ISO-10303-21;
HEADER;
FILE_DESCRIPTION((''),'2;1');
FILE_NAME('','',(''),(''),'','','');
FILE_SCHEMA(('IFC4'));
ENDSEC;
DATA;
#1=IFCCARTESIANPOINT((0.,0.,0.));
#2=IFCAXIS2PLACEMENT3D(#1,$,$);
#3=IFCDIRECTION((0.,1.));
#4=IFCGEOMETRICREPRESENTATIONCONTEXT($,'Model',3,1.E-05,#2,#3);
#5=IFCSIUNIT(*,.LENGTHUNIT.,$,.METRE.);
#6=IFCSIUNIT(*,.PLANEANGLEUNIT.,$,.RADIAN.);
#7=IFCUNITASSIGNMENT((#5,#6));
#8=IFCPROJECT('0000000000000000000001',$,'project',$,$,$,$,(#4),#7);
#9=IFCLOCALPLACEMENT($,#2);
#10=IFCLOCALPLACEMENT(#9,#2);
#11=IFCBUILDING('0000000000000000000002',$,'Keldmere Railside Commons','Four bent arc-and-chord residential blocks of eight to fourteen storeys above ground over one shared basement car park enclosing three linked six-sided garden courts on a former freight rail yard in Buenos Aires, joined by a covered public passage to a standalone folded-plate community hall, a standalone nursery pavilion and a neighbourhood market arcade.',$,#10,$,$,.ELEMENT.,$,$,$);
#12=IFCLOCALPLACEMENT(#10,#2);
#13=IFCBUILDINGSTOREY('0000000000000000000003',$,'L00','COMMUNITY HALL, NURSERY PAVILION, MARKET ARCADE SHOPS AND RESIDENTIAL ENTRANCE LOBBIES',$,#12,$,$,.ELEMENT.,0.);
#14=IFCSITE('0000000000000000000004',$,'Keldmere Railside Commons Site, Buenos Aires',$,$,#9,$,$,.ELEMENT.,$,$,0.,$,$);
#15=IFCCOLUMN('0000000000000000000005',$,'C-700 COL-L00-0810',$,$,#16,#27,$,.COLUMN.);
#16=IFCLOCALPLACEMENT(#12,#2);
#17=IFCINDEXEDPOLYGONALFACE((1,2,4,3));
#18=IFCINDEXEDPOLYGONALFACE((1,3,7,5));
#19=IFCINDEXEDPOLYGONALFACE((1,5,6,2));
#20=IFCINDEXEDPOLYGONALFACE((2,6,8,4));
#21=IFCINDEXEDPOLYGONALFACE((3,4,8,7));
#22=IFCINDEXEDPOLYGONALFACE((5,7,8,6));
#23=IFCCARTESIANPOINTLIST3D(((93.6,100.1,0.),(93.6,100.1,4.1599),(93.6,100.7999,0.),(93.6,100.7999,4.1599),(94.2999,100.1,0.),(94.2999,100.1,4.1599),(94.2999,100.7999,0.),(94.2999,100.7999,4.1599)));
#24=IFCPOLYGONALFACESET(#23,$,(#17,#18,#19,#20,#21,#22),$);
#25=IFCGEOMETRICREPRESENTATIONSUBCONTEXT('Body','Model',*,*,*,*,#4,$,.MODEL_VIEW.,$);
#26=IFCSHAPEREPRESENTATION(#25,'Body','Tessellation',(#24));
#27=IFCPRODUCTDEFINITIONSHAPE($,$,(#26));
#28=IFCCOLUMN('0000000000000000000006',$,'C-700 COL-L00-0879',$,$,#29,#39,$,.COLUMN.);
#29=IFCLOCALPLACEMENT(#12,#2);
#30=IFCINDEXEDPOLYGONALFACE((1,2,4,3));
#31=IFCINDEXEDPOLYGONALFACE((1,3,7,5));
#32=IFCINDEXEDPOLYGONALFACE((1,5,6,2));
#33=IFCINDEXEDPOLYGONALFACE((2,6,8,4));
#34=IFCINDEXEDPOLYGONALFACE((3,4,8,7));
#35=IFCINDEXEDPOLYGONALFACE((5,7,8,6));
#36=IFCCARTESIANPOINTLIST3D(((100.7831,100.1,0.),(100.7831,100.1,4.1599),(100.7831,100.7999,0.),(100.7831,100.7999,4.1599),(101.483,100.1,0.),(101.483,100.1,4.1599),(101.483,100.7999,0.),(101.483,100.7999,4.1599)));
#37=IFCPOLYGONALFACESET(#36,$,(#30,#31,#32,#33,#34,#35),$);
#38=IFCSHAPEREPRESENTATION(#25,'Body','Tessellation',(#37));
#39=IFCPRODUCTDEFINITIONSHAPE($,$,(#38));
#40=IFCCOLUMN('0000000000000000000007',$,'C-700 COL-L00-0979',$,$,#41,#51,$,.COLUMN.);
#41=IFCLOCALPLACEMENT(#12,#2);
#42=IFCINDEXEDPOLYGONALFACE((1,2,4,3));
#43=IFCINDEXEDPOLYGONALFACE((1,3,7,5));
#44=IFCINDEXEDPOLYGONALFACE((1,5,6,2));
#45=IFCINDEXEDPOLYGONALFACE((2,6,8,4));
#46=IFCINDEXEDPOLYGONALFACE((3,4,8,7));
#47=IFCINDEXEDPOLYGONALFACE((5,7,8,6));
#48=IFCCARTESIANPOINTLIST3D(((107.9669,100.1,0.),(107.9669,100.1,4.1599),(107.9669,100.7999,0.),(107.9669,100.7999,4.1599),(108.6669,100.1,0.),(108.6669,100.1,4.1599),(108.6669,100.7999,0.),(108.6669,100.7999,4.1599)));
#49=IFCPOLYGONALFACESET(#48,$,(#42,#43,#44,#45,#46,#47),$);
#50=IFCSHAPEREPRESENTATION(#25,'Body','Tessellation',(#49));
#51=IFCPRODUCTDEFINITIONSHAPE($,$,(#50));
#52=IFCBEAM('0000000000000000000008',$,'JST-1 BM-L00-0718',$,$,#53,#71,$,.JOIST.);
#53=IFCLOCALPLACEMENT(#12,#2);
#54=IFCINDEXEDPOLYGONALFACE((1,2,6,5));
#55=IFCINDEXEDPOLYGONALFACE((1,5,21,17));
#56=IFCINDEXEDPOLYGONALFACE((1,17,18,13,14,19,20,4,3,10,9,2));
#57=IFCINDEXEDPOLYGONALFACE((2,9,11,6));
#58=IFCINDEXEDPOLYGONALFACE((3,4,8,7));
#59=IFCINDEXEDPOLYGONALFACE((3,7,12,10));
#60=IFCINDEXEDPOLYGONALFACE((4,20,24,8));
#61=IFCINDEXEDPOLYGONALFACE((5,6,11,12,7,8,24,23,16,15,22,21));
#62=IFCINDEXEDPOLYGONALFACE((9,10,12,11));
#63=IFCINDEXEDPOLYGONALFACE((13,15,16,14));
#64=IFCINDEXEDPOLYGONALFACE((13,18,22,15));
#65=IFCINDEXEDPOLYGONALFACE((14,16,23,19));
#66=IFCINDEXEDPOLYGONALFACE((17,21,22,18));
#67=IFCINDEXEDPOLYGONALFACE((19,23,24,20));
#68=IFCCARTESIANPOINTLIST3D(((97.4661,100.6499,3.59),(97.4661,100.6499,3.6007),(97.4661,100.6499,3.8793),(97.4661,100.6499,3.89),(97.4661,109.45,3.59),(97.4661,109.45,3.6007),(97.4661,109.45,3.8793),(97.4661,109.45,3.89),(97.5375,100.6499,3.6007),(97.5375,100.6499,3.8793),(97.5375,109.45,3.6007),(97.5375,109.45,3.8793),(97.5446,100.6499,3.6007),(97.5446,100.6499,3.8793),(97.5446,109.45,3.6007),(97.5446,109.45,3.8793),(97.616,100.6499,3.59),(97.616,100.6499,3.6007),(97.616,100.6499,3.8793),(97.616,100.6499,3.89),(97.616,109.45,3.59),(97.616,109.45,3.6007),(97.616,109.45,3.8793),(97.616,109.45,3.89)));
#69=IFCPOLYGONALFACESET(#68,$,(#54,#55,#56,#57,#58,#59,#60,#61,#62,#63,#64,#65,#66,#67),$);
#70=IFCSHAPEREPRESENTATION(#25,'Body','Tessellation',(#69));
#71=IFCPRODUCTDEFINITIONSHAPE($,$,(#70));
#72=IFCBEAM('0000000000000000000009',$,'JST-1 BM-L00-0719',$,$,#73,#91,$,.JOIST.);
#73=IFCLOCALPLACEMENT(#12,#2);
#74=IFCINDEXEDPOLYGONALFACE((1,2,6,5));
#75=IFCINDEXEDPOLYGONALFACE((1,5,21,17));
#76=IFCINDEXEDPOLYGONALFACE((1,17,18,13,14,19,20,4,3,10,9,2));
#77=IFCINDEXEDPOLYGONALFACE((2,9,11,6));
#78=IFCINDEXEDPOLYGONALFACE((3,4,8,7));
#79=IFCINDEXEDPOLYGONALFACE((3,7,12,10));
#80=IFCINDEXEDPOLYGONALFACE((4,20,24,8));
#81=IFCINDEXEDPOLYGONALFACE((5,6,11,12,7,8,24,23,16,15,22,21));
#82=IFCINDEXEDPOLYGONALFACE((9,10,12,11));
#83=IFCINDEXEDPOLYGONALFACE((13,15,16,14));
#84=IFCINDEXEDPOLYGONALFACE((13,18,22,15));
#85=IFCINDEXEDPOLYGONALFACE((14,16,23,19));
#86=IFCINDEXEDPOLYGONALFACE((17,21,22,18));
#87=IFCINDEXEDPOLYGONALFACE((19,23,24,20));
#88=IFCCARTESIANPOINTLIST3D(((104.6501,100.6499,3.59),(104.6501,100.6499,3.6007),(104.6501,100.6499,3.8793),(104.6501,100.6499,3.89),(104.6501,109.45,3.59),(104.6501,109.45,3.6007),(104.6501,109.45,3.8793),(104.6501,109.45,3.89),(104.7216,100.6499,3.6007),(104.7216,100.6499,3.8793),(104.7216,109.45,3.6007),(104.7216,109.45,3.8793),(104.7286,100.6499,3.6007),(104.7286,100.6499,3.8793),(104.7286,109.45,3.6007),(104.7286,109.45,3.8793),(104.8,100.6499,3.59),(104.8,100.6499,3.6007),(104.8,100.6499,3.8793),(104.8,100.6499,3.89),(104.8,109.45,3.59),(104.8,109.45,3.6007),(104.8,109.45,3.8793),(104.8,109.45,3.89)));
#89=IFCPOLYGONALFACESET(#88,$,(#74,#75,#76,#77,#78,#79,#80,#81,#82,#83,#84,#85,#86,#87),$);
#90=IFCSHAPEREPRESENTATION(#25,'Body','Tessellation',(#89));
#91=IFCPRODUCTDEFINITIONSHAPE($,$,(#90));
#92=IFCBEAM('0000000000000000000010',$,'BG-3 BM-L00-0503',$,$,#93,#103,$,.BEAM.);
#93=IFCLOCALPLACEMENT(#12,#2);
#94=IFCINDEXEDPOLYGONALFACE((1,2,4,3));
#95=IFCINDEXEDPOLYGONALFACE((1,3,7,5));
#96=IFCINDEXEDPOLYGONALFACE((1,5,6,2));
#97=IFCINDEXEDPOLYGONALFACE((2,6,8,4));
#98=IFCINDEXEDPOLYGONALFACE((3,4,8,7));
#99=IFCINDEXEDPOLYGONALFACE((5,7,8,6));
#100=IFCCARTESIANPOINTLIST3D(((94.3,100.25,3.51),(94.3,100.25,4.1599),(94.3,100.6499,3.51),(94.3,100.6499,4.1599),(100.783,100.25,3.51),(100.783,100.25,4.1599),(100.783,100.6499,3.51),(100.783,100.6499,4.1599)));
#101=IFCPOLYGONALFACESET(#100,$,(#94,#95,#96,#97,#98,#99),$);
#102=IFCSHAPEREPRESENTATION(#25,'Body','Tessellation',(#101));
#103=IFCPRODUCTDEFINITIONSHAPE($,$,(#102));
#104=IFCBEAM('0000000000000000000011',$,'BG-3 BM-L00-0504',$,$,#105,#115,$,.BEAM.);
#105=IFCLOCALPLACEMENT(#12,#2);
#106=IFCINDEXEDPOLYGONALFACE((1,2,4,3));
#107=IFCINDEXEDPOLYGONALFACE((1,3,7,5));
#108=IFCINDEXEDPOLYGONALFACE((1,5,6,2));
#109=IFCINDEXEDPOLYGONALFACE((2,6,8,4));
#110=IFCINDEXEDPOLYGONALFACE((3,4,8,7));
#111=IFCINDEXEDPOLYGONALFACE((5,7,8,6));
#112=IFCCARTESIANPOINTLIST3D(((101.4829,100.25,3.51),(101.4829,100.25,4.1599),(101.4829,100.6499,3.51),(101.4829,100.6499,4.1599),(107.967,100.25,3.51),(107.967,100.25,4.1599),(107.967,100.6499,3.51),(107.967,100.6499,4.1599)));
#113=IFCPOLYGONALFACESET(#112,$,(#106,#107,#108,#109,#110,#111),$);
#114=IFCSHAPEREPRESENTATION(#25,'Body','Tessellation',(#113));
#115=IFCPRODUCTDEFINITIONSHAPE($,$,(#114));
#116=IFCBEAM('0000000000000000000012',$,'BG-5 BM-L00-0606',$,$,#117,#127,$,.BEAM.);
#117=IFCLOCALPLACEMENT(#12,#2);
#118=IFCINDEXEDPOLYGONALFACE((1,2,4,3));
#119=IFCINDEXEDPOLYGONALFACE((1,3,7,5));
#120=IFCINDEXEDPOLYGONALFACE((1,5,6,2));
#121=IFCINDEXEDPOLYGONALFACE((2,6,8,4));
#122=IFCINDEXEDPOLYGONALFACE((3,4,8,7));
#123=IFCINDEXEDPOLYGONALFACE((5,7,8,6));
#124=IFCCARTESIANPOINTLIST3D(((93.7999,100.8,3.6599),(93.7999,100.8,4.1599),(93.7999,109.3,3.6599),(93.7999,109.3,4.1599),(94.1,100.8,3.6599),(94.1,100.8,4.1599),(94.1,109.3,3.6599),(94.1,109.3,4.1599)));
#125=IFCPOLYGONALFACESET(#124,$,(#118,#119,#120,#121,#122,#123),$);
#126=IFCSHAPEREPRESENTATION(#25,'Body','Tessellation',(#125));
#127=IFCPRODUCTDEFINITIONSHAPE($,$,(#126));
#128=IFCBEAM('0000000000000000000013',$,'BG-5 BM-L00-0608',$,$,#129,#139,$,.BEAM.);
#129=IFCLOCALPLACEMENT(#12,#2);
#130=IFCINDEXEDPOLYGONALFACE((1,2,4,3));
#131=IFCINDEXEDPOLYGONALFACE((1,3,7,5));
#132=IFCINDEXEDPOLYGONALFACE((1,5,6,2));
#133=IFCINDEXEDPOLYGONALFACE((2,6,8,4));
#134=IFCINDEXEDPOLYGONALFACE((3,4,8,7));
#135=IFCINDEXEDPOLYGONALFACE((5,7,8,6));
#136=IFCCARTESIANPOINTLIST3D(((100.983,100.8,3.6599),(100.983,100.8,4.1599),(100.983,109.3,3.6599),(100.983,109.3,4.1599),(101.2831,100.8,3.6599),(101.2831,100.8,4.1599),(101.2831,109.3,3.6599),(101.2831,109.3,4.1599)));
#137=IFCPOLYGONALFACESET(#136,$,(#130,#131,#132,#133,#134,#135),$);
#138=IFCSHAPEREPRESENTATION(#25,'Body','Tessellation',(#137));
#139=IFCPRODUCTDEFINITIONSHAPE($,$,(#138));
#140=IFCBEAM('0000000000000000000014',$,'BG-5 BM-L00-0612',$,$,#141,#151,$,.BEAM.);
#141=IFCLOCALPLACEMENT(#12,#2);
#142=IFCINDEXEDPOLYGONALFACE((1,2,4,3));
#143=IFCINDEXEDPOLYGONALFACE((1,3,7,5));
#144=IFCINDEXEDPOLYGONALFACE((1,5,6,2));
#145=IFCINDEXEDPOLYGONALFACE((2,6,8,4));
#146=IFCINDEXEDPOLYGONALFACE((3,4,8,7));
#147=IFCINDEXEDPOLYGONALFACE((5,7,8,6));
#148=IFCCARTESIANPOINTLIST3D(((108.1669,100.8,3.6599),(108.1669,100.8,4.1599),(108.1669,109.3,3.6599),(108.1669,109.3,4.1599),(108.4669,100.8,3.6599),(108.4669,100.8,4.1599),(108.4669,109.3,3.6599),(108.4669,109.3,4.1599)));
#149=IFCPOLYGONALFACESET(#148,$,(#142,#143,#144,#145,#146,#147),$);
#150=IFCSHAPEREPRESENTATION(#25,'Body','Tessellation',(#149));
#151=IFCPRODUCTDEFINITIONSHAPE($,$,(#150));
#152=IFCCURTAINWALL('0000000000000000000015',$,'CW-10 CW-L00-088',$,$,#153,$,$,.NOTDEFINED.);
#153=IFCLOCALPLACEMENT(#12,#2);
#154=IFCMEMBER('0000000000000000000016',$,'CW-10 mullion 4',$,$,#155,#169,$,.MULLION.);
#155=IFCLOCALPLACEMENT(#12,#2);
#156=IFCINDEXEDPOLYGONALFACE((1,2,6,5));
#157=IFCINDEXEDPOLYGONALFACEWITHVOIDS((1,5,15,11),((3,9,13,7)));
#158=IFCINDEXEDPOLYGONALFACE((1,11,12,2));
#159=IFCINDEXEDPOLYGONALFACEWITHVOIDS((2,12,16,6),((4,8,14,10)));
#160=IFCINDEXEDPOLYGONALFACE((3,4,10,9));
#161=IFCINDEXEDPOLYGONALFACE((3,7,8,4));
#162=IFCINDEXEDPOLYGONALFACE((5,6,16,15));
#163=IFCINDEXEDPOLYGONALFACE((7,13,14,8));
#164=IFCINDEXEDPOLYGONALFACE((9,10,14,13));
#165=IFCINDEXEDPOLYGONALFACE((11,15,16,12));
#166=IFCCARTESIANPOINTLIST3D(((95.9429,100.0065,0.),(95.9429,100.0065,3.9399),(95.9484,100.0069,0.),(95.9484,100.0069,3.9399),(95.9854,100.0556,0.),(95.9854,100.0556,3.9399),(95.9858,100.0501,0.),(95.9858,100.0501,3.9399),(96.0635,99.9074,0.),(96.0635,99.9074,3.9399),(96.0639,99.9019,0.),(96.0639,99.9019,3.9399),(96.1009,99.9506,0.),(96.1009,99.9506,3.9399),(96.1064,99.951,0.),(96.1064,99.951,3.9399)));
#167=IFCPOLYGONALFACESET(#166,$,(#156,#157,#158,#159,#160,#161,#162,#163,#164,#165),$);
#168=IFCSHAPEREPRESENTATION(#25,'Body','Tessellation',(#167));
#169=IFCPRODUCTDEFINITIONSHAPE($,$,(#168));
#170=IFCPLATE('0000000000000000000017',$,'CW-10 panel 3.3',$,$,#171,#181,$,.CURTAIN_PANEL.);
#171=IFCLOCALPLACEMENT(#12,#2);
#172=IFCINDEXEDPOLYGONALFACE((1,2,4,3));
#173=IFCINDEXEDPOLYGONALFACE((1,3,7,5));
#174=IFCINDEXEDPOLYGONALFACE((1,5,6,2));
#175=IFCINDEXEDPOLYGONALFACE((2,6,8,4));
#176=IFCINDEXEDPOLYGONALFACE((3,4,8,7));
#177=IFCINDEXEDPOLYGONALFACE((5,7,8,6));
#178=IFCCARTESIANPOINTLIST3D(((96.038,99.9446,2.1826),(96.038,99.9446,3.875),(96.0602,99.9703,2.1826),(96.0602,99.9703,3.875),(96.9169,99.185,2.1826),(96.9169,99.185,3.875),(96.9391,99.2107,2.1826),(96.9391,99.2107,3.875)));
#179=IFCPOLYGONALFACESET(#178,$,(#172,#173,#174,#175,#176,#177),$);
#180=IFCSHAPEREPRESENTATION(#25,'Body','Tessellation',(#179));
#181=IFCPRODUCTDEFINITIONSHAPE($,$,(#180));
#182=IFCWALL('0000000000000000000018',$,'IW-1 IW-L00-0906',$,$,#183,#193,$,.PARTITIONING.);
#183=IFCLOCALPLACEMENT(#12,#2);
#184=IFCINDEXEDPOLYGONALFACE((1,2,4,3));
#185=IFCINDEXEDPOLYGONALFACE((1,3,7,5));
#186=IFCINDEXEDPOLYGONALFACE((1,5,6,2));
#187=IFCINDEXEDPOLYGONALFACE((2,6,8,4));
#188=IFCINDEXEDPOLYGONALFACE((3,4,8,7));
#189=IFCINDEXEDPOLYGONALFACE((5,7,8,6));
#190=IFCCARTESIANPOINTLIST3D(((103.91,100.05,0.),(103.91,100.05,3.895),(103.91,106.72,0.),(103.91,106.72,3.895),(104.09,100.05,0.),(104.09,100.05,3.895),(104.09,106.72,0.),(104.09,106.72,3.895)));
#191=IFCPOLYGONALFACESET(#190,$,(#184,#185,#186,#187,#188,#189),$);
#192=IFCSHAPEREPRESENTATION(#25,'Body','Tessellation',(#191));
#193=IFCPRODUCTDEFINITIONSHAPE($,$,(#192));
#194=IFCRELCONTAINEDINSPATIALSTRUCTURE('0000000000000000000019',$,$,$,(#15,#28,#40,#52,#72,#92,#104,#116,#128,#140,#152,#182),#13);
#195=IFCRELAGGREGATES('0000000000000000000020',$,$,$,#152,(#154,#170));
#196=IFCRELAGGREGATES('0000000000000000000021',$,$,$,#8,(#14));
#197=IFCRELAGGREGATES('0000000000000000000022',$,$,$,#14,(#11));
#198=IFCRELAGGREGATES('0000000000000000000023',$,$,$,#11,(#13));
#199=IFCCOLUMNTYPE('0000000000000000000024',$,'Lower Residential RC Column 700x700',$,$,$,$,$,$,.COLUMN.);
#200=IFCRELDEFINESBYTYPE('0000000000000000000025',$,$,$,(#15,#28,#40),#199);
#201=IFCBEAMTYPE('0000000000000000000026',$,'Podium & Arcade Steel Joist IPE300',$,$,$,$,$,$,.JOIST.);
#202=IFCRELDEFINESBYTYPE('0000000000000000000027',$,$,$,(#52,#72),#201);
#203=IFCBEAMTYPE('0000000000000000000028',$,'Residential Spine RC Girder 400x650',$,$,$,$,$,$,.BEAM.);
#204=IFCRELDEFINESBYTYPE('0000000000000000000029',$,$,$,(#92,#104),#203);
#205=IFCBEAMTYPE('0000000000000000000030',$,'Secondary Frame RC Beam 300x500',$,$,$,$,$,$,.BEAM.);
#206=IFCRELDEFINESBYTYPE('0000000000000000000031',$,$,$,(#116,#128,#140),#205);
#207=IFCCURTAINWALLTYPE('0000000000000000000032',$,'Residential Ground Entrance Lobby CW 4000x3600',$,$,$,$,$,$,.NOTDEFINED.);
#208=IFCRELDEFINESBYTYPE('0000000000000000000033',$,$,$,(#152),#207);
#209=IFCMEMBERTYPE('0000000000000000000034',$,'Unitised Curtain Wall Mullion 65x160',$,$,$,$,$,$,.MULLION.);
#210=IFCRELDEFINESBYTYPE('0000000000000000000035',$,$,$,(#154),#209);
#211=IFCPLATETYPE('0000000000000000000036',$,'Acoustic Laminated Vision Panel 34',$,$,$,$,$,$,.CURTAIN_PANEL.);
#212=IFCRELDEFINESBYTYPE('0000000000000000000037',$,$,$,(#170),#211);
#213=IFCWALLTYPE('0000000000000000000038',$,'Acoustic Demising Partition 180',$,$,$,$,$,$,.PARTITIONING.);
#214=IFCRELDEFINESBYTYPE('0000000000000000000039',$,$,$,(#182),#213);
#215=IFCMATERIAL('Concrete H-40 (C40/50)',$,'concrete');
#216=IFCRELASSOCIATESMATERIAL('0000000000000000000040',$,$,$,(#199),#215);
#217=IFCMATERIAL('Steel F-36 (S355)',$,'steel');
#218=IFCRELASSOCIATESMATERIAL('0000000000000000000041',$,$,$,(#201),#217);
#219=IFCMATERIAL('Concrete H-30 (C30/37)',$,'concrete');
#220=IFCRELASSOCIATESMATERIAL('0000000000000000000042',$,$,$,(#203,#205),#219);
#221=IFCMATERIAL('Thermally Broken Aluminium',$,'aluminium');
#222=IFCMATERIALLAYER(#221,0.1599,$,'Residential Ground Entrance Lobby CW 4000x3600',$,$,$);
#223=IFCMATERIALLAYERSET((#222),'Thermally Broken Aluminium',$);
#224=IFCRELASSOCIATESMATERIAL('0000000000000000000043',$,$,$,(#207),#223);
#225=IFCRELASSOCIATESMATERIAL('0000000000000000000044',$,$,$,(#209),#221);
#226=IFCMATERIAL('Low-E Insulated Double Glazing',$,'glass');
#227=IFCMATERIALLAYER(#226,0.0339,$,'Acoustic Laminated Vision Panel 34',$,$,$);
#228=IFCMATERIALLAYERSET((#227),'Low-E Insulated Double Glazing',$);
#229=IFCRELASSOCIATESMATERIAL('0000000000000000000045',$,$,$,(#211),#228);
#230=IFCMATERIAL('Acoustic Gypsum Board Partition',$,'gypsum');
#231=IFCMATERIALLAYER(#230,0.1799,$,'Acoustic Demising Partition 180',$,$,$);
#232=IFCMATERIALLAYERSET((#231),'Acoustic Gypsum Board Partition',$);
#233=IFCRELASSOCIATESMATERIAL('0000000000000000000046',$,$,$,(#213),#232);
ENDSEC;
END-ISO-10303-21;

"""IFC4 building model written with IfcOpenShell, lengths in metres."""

from ifc_helpers import new_model, si_unit, direction, frame, frame_2d, origin, origin_2d, place, context, subcontext, project, spatial, rectangle, hollow_rectangle, i_section, extrude, material, layer, layer_set, material_profile, profile_set, type_object, element, aggregate, save


model = new_model("IFC4")

# Units and contexts
model_context = context("Model", 3, precision=1e-05, world=origin(), true_north=direction((0.0, 1.0)))
body_context = subcontext(model_context, "Body", "Model", "MODEL_VIEW")
ifc_project = project(units=[si_unit("LENGTHUNIT", "METRE"), si_unit("PLANEANGLEUNIT", "RADIAN")], contexts=[model_context])

# Site, building, storey
site_placement = place(None, origin())
site = spatial("IfcSite", under=ifc_project, at=site_placement, Name="Keldmere Railside Commons Site, Buenos Aires", CompositionType="ELEMENT", RefElevation=0.0)
building_placement = place(site_placement, origin())
building = spatial("IfcBuilding", under=site, at=building_placement, Name="Keldmere Railside Commons", Description="Four bent arc-and-chord residential blocks of eight to fourteen storeys above ground over one shared basement car park enclosing three linked six-sided garden courts on a former freight rail yard in Buenos Aires, joined by a covered public passage to a standalone folded-plate community hall, a standalone nursery pavilion and a neighbourhood market arcade.", CompositionType="ELEMENT")
storey_placement = place(building_placement, origin())
storey = spatial("IfcBuildingStorey", under=building, at=storey_placement, Name="L00", Description="COMMUNITY HALL, NURSERY PAVILION, MARKET ARCADE SHOPS AND RESIDENTIAL ENTRANCE LOBBIES", CompositionType="ELEMENT", Elevation=0.0)

# Columns
ifc_material_1 = material(Name="Concrete H-40 (C40/50)", Category="concrete")
ifc_material_profile_1 = material_profile(ifc_material_1, rectangle(XDim=0.7, YDim=0.7, at=origin_2d()), Name="RC-700x700")
ifc_profile_set_1 = profile_set([ifc_material_profile_1], Name="Concrete H-40 (C40/50)")
column_type = type_object("IfcColumnType", Name="Lower Residential RC Column 700x700", PredefinedType="COLUMN", material=ifc_profile_set_1)
for number, where, z_axis, x_axis, name in (
    (1, (93.95, 100.45, 0.0), (0.0, 0.0, 1.0), (1.0, 0.0, 0.0), "C-700 COL-L00-0810"),
    (2, (101.1331, 100.45, 0.0), (0.0, 0.0, 1.0), (1.0, 0.0, 0.0), "C-700 COL-L00-0879"),
    (3, (108.3169, 100.45, 0.0), (0.0, 0.0, 1.0), (1.0, 0.0, 0.0), "C-700 COL-L00-0979"),
):
    element("IfcColumn", number, at=place(storey_placement, frame(where, z_axis=z_axis, x_axis=x_axis)), inside=storey, type_object=column_type, Name=name, PredefinedType="COLUMN", context=body_context, shape_type="SweptSolid", body=[
        extrude(rectangle(XDim=0.7, YDim=0.7, at=origin_2d()), origin(), (0.0, 0.0, 1.0), 4.1599),
    ])

# Beams
ifc_material_2 = material(Name="Steel F-36 (S355)", Category="steel")
ifc_material_profile_2 = material_profile(ifc_material_2, i_section(OverallWidth=0.1499, OverallDepth=0.3, WebThickness=0.0071, FlangeThickness=0.0107, at=origin_2d()), Name="IPE-300")
ifc_profile_set_2 = profile_set([ifc_material_profile_2], Name="Steel F-36 (S355)")
beam_type_1 = type_object("IfcBeamType", Name="Podium & Arcade Steel Joist IPE300", PredefinedType="JOIST", material=ifc_profile_set_2)
for number, where, z_axis, x_axis, name in (
    (4, (97.541, 100.6499, 3.74), (0.0, 1.0, 0.0), (-1.0, 0.0, 0.0), "JST-1 BM-L00-0718"),
    (5, (104.7251, 100.6499, 3.74), (0.0, 1.0, 0.0), (-1.0, 0.0, 0.0), "JST-1 BM-L00-0719"),
):
    element("IfcBeam", number, at=place(storey_placement, frame(where, z_axis=z_axis, x_axis=x_axis)), inside=storey, type_object=beam_type_1, Name=name, PredefinedType="JOIST", context=body_context, shape_type="SweptSolid", body=[
        extrude(i_section(OverallWidth=0.1499, OverallDepth=0.3, WebThickness=0.0071, FlangeThickness=0.0107, at=origin_2d()), origin(), (0.0, 0.0, 1.0), 8.8),
    ])
ifc_material_3 = material(Name="Concrete H-30 (C30/37)", Category="concrete")
ifc_material_profile_3 = material_profile(ifc_material_3, rectangle(XDim=0.3999, YDim=0.6499, at=origin_2d()), Name="RC-400x650")
ifc_profile_set_3 = profile_set([ifc_material_profile_3], Name="Concrete H-30 (C30/37)")
beam_type_2 = type_object("IfcBeamType", Name="Residential Spine RC Girder 400x650", PredefinedType="BEAM", material=ifc_profile_set_3)
beam_1_placement = place(storey_placement, frame((94.3, 100.45, 3.835), z_axis=(1.0, 0.0, 0.0), x_axis=(0.0, 1.0, 0.0)))
element("IfcBeam", 6, at=beam_1_placement, inside=storey, type_object=beam_type_2, Name="BG-3 BM-L00-0503", PredefinedType="BEAM", context=body_context, shape_type="SweptSolid", body=[
    extrude(rectangle(XDim=0.3999, YDim=0.6499, at=origin_2d()), origin(), (0.0, 0.0, 1.0), 6.4829),
])
beam_2_placement = place(storey_placement, frame((101.4829, 100.45, 3.835), z_axis=(1.0, 0.0, 0.0), x_axis=(0.0, 1.0, 0.0)))
element("IfcBeam", 7, at=beam_2_placement, inside=storey, type_object=beam_type_2, Name="BG-3 BM-L00-0504", PredefinedType="BEAM", context=body_context, shape_type="SweptSolid", body=[
    extrude(rectangle(XDim=0.3999, YDim=0.6499, at=origin_2d()), origin(), (0.0, 0.0, 1.0), 6.4841),
])
ifc_material_profile_4 = material_profile(ifc_material_3, rectangle(XDim=0.3, YDim=0.5, at=origin_2d()), Name="RC-300x500")
ifc_profile_set_4 = profile_set([ifc_material_profile_4], Name="Concrete H-30 (C30/37)")
beam_type_3 = type_object("IfcBeamType", Name="Secondary Frame RC Beam 300x500", PredefinedType="BEAM", material=ifc_profile_set_4)
for number, where, z_axis, x_axis, name in (
    (8, (93.95, 100.8, 3.9099), (0.0, 1.0, 0.0), (-1.0, 0.0, 0.0), "BG-5 BM-L00-0606"),
    (9, (101.1331, 100.8, 3.9099), (0.0, 1.0, 0.0), (-1.0, 0.0, 0.0), "BG-5 BM-L00-0608"),
    (10, (108.3169, 100.8, 3.9099), (0.0, 1.0, 0.0), (-1.0, 0.0, 0.0), "BG-5 BM-L00-0612"),
):
    element("IfcBeam", number, at=place(storey_placement, frame(where, z_axis=z_axis, x_axis=x_axis)), inside=storey, type_object=beam_type_3, Name=name, PredefinedType="BEAM", context=body_context, shape_type="SweptSolid", body=[
        extrude(rectangle(XDim=0.3, YDim=0.5, at=origin_2d()), origin(), (0.0, 0.0, 1.0), 8.5),
    ])

# Curtain wall, member, plate
ifc_material_4 = material(Name="Thermally Broken Aluminium", Category="aluminium")
ifc_layer_1 = layer(ifc_material_4, 0.1599, Name="Residential Ground Entrance Lobby CW 4000x3600")
ifc_layer_set_1 = layer_set([ifc_layer_1], Name="Thermally Broken Aluminium")
curtain_wall_type = type_object("IfcCurtainWallType", Name="Residential Ground Entrance Lobby CW 4000x3600", PredefinedType="NOTDEFINED", material=ifc_layer_set_1)
curtain_wall_placement = place(storey_placement, origin())
curtain_wall = element("IfcCurtainWall", 11, at=curtain_wall_placement, inside=storey, type_object=curtain_wall_type, Name="CW-10 CW-L00-088", PredefinedType="NOTDEFINED")
ifc_material_profile_5 = material_profile(ifc_material_4, hollow_rectangle(XDim=0.0649, YDim=0.1599, WallThickness=0.0039, at=origin_2d()), Name="ALU-MULL-65x160")
ifc_profile_set_5 = profile_set([ifc_material_profile_5], Name="Thermally Broken Aluminium")
member_type = type_object("IfcMemberType", Name="Unitised Curtain Wall Mullion 65x160", PredefinedType="MULLION", material=ifc_profile_set_5)
member_placement = place(storey_placement, frame((96.0247, 99.9788, 0.0), z_axis=(0.0, 0.0, 1.0), x_axis=(-0.653882, -0.756597, 0.0)))
member = element("IfcMember", 12, at=member_placement, type_object=member_type, Name="CW-10 mullion 4", PredefinedType="MULLION", context=body_context, shape_type="SweptSolid", body=[
    extrude(hollow_rectangle(XDim=0.0649, YDim=0.1599, WallThickness=0.0039, at=origin_2d()), origin(), (0.0, 0.0, 1.0), 3.9399),
])
ifc_material_5 = material(Name="Low-E Insulated Double Glazing", Category="glass")
ifc_layer_2 = layer(ifc_material_5, 0.0339, Name="Acoustic Laminated Vision Panel 34")
ifc_layer_set_2 = layer_set([ifc_layer_2], Name="Low-E Insulated Double Glazing")
plate_type = type_object("IfcPlateType", Name="Acoustic Laminated Vision Panel 34", PredefinedType="CURTAIN_PANEL", material=ifc_layer_set_2)
plate_placement = place(storey_placement, frame((96.4885, 99.5776, 2.1826), z_axis=(0.0, 0.0, 1.0), x_axis=(-0.756597, 0.653882, 0.0)))
plate = element("IfcPlate", 13, at=plate_placement, type_object=plate_type, Name="CW-10 panel 3.3", PredefinedType="CURTAIN_PANEL", context=body_context, shape_type="SweptSolid", body=[
    extrude(rectangle(XDim=1.1616, YDim=0.0339, at=origin_2d()), origin(), (0.0, 0.0, 1.0), 1.6924),
])
aggregate(curtain_wall, [member, plate])

# Wall
ifc_material_6 = material(Name="Acoustic Gypsum Board Partition", Category="gypsum")
ifc_layer_3 = layer(ifc_material_6, 0.1799, Name="Acoustic Demising Partition 180")
ifc_layer_set_3 = layer_set([ifc_layer_3], Name="Acoustic Gypsum Board Partition")
wall_type_1 = type_object("IfcWallType", Name="Acoustic Demising Partition 180", PredefinedType="PARTITIONING", material=ifc_layer_set_3)
wall_1_placement = place(storey_placement, frame((104.0, 100.05, 0.0), z_axis=(0.0, 0.0, 1.0), x_axis=(0.0, 1.0, 0.0)))
element("IfcWall", 14, at=wall_1_placement, inside=storey, type_object=wall_type_1, Name="IW-1 IW-L00-0906", PredefinedType="PARTITIONING", context=body_context, shape_type="SweptSolid", body=[
    extrude(rectangle(XDim=6.6699, YDim=0.1799, at=frame_2d((3.335, 0.0))), origin(), (0.0, 0.0, 1.0), 3.895),
])

save(model, "model.ifc")
